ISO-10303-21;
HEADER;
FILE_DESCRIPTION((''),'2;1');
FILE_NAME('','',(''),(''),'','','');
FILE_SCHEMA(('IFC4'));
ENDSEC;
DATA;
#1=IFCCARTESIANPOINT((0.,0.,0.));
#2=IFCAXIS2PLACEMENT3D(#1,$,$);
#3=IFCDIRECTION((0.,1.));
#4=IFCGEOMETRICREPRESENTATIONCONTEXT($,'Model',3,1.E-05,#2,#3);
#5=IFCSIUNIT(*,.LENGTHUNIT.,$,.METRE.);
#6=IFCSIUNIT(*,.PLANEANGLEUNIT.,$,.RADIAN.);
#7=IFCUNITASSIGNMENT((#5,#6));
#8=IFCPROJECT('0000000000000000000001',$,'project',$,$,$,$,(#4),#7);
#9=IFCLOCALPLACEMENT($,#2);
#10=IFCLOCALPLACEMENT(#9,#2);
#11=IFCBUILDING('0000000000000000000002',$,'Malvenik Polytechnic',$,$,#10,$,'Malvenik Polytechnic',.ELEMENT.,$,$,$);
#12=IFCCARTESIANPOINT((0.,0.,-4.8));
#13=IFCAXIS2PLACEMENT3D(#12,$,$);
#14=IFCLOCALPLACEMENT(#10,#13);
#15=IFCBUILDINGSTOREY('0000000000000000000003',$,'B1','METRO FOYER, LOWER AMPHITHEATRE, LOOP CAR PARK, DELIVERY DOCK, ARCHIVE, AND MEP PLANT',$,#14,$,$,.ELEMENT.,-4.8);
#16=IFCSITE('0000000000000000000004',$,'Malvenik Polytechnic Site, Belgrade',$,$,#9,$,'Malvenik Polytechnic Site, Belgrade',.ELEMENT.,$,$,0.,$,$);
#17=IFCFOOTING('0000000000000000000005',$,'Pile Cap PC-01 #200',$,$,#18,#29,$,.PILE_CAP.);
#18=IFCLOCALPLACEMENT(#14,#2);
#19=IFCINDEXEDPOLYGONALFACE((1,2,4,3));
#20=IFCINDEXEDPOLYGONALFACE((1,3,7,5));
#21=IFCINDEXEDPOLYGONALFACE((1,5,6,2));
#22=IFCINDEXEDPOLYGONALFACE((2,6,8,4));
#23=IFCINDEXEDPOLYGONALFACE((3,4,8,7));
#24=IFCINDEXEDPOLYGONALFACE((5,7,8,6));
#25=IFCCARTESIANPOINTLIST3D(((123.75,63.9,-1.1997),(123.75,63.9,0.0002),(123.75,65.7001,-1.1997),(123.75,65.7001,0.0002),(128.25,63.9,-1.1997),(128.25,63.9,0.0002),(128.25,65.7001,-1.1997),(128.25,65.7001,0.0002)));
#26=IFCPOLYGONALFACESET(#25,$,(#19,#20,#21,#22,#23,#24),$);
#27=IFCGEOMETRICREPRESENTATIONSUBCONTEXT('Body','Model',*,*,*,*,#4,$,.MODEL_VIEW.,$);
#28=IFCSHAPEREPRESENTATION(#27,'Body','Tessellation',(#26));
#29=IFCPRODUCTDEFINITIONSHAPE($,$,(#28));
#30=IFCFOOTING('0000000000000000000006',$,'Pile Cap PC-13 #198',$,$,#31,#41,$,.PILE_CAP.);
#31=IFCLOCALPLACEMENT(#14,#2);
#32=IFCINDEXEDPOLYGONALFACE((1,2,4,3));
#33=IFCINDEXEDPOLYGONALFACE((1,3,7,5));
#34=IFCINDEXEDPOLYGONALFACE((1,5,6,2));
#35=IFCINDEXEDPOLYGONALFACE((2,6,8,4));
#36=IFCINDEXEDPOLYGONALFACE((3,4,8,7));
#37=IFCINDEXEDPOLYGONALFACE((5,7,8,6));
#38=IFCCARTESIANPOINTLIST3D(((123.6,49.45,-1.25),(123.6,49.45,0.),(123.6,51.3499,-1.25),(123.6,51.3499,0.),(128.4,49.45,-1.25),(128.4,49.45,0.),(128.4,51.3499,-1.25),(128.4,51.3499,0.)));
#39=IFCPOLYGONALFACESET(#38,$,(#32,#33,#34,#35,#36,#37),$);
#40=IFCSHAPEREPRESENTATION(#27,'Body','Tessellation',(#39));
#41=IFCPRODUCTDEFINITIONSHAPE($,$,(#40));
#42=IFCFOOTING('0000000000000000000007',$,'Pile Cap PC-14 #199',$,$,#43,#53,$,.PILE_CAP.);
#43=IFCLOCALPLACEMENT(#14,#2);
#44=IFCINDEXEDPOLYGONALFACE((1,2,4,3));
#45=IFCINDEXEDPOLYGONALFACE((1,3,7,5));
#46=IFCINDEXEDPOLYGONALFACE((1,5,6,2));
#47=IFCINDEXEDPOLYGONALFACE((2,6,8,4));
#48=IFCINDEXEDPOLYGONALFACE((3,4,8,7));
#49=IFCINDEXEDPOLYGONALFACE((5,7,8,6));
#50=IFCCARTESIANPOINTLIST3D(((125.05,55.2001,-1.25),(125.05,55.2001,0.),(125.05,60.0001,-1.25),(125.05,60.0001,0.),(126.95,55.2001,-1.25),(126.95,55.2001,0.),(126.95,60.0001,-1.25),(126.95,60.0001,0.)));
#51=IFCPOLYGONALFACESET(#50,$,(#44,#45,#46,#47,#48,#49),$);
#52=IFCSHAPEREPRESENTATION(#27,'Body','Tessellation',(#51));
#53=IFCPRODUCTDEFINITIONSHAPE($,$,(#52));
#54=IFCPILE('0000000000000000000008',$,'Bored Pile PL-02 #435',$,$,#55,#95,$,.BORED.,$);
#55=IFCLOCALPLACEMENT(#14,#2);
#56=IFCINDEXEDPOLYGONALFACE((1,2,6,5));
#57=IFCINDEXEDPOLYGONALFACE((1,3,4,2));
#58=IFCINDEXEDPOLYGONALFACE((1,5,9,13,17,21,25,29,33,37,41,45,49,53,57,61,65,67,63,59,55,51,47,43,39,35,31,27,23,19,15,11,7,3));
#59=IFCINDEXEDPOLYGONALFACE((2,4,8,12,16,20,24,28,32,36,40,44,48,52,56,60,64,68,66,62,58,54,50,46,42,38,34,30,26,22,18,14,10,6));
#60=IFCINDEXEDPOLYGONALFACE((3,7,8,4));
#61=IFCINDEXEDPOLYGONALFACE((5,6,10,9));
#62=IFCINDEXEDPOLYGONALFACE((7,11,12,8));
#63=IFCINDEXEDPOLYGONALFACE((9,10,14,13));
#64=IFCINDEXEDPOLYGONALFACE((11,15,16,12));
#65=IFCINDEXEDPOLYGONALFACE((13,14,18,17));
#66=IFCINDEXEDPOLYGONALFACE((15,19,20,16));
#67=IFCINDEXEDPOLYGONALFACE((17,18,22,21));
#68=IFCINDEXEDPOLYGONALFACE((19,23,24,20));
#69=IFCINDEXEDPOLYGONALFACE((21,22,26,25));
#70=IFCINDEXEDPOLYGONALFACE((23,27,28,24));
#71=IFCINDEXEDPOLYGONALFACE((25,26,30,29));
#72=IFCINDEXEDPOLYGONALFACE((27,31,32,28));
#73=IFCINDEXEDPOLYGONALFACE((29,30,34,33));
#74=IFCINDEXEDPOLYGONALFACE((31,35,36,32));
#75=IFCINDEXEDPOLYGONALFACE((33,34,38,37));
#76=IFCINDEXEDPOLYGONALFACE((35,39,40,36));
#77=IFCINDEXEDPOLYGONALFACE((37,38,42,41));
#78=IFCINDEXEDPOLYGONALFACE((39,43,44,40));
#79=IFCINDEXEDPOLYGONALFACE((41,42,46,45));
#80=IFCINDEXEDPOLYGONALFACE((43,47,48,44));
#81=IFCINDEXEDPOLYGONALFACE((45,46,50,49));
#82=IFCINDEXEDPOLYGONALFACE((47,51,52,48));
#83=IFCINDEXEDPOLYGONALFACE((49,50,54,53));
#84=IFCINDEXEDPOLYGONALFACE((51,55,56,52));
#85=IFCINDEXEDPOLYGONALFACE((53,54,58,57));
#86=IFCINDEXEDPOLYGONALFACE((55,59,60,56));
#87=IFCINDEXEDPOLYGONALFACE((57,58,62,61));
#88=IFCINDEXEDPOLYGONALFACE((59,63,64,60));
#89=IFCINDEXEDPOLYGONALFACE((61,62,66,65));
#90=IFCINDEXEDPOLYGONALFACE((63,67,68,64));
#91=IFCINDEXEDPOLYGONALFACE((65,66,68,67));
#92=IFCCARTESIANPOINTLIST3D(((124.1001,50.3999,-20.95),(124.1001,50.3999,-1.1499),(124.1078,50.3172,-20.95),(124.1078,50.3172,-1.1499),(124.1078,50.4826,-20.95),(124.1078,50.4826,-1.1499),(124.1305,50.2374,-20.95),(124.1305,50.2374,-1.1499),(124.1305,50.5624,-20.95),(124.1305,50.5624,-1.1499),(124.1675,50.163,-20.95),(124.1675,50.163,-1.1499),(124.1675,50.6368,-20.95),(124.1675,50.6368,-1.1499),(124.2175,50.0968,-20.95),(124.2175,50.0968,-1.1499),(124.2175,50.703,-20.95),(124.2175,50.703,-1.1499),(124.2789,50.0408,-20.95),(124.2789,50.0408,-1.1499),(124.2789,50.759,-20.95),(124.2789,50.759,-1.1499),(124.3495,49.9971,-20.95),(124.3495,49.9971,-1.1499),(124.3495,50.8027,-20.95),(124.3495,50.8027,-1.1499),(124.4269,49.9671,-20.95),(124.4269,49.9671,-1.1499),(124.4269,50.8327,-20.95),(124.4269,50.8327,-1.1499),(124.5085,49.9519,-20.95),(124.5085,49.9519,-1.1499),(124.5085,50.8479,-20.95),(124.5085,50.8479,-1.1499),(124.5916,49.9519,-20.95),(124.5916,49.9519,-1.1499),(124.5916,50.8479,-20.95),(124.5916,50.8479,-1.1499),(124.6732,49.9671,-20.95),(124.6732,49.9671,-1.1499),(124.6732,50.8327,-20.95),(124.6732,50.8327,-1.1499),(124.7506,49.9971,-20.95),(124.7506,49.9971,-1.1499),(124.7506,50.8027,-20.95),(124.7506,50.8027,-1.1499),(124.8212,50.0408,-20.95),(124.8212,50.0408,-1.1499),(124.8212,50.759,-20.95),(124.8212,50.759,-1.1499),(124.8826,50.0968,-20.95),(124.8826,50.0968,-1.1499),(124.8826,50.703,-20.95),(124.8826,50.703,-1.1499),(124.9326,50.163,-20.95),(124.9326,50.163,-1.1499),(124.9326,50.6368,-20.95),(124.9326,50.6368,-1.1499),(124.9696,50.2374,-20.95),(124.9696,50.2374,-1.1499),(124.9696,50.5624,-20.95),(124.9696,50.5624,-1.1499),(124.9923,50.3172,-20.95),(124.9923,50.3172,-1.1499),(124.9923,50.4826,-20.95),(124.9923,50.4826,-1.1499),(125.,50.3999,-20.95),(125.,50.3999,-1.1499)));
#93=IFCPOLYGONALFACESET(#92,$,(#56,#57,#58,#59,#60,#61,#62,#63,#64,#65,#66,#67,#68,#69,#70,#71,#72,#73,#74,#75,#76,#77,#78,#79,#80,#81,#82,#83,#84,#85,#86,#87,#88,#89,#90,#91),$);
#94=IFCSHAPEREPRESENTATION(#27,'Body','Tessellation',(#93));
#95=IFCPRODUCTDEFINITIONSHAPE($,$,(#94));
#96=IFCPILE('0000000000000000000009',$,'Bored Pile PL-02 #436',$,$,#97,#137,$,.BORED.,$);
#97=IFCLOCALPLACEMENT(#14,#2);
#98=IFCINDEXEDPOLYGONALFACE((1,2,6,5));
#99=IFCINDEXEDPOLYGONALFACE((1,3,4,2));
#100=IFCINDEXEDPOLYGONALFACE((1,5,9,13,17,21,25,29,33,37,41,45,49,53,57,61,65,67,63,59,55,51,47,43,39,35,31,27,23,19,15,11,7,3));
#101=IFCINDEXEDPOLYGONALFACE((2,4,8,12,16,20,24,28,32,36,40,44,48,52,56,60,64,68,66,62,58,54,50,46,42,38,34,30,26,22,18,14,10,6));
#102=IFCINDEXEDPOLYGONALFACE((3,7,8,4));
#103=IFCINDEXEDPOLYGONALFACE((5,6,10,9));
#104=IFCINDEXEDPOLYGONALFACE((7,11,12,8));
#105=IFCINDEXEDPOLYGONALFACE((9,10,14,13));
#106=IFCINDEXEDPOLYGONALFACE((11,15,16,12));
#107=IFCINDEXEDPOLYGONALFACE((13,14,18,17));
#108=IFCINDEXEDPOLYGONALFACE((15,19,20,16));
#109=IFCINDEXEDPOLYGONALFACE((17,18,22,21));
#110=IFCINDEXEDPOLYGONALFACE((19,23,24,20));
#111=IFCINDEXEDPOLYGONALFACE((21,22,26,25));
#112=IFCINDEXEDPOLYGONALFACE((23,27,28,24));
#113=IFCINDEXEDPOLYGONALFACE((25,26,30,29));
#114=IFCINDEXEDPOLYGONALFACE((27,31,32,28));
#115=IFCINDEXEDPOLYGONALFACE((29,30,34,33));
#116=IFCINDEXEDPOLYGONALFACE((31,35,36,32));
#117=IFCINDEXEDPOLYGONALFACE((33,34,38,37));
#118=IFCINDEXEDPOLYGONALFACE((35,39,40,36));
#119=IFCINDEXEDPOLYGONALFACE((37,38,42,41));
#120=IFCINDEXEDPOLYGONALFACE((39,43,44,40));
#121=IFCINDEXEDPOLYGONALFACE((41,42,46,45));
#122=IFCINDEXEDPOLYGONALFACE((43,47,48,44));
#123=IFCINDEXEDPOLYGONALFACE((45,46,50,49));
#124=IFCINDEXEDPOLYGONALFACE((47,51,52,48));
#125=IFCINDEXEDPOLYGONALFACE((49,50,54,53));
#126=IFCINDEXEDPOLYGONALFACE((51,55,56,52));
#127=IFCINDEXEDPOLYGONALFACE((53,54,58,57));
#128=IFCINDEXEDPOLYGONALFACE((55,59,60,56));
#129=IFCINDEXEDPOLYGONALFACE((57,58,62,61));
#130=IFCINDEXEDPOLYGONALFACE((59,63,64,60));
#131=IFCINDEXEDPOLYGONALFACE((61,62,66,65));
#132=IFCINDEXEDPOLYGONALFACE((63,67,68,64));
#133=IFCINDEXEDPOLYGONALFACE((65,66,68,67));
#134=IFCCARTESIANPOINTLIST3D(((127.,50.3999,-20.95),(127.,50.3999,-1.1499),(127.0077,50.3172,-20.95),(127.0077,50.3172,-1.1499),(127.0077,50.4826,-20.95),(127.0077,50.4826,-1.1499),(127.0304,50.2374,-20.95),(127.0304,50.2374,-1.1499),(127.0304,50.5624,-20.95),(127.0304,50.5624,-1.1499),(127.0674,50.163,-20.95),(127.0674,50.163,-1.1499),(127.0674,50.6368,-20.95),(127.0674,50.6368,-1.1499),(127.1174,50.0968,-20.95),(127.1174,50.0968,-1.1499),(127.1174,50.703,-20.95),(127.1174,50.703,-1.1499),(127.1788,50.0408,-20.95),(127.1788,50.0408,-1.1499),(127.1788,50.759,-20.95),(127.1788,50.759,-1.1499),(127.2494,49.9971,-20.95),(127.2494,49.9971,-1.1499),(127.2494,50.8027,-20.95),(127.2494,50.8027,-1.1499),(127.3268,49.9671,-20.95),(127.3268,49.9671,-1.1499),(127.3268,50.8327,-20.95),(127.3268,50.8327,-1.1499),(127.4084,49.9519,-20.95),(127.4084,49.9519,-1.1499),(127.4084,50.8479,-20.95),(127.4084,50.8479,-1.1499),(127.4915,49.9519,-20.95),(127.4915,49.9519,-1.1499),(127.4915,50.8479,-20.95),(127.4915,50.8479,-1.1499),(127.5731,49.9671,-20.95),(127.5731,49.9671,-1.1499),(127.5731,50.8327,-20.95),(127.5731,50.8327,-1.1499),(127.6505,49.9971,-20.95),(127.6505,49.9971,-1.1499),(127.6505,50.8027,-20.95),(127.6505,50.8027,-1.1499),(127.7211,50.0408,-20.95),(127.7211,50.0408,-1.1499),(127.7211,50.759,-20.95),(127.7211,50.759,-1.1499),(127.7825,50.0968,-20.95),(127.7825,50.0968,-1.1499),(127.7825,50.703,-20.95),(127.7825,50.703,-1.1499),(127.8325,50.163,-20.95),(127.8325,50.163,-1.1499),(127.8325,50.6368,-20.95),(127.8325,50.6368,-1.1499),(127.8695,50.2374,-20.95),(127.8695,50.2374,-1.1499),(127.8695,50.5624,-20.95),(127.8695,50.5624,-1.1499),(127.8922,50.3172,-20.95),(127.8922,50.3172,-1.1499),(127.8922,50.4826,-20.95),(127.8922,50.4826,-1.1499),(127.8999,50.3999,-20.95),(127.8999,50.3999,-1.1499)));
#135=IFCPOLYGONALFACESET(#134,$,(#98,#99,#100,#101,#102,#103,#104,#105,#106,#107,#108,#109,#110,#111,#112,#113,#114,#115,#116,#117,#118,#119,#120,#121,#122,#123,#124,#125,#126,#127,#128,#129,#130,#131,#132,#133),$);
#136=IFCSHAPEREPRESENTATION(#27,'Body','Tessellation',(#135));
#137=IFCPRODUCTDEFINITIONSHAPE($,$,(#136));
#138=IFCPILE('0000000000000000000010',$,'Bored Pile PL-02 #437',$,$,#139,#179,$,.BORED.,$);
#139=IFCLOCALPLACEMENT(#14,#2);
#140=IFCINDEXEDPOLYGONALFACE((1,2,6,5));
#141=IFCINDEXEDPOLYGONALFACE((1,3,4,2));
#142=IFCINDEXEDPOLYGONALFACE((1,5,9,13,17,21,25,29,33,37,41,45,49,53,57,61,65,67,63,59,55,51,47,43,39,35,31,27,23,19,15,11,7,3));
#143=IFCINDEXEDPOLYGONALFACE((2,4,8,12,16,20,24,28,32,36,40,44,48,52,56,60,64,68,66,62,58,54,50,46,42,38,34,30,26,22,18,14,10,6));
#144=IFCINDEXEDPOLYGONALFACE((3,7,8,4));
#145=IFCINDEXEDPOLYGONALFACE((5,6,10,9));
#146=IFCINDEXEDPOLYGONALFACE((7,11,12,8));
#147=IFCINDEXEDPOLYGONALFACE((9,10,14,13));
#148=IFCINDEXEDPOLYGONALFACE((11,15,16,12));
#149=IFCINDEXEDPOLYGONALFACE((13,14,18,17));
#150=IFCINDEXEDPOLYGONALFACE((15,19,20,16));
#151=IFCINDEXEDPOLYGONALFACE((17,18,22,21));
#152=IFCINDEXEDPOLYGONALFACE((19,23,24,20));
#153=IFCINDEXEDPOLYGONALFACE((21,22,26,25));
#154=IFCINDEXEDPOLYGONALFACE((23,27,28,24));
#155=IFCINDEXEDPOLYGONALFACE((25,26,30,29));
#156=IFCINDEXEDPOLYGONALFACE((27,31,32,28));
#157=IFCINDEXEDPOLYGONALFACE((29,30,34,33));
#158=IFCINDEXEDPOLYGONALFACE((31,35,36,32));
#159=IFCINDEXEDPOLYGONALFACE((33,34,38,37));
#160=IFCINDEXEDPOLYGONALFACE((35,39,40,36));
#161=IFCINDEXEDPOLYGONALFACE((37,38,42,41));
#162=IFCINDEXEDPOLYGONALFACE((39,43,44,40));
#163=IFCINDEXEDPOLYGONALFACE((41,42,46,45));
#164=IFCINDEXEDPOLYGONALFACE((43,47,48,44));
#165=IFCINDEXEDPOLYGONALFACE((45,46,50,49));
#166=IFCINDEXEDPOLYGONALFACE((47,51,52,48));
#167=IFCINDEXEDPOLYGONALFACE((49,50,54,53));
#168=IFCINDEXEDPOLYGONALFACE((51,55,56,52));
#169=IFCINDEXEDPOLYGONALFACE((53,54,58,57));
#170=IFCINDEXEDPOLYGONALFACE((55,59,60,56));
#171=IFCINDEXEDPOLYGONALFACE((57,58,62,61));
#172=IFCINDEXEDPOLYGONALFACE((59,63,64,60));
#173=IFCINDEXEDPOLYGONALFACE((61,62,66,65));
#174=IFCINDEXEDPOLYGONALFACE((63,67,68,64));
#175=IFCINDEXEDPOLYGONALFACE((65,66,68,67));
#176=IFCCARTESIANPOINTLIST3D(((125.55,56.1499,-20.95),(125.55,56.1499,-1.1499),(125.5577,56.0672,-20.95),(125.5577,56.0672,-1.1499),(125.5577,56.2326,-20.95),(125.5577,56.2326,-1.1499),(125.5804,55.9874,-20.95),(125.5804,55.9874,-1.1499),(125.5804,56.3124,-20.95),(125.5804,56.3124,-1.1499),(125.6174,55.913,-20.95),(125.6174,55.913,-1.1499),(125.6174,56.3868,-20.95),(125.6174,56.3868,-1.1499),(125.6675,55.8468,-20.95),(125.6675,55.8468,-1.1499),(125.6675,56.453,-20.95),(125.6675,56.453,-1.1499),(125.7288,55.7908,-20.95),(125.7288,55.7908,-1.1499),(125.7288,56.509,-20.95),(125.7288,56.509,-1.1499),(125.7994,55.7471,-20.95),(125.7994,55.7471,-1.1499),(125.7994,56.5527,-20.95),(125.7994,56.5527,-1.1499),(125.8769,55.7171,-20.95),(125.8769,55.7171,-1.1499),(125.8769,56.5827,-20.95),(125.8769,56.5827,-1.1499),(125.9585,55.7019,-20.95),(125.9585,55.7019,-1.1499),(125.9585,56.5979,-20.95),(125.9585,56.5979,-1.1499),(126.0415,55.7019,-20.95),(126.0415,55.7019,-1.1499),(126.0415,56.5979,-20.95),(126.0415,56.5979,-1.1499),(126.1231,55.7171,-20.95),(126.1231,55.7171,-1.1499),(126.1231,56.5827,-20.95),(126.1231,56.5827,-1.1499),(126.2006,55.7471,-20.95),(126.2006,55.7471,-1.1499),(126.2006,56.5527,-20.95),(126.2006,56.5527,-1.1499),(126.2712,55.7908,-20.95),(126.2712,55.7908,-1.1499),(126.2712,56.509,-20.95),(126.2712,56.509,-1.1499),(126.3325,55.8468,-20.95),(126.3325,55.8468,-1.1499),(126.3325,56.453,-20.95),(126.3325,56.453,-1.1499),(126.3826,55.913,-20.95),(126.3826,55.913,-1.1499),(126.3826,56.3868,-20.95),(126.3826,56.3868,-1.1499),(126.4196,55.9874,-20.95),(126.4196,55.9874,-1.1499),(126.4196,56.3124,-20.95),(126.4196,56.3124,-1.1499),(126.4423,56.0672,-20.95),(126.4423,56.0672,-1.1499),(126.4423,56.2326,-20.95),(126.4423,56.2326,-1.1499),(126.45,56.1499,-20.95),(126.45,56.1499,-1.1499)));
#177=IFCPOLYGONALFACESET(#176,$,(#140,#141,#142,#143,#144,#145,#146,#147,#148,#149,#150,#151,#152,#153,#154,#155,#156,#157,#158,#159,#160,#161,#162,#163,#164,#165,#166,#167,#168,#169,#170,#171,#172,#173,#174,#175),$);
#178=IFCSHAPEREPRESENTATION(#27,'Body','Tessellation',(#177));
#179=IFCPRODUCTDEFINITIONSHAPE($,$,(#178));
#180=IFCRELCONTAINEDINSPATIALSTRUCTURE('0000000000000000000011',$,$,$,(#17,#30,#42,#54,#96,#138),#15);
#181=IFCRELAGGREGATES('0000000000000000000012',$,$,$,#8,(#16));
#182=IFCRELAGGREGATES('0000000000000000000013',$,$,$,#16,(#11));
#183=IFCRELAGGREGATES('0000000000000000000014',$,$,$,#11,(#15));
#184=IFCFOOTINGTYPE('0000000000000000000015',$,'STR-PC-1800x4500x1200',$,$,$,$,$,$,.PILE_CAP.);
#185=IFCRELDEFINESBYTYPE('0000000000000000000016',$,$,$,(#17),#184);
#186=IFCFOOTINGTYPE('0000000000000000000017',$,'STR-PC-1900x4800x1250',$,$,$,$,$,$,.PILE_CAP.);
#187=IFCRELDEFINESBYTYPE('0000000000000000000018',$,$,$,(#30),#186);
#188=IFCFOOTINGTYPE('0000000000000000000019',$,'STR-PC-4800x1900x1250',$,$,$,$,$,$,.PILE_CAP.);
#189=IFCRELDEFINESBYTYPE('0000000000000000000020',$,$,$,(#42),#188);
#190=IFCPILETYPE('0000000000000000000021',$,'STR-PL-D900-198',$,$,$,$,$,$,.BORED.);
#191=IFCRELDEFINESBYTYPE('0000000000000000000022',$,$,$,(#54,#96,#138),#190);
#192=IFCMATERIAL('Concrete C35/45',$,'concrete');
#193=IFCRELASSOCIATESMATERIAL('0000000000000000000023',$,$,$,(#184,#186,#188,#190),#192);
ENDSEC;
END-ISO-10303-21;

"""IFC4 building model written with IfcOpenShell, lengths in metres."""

from ifc_helpers import new_model, si_unit, direction, frame, origin, origin_2d, place, context, subcontext, project, spatial, rectangle, circle, extrude, material, material_profile, profile_set, type_object, element, save


model = new_model("IFC4")

# Units and contexts
model_context = context("Model", 3, precision=1e-05, world=origin(), true_north=direction((0.0, 1.0)))
body_context = subcontext(model_context, "Body", "Model", "MODEL_VIEW")
ifc_project = project(units=[si_unit("LENGTHUNIT", "METRE"), si_unit("PLANEANGLEUNIT", "RADIAN")], contexts=[model_context])

# Site, building, storey
site_placement = place(None, origin())
site = spatial("IfcSite", under=ifc_project, at=site_placement, Name="Malvenik Polytechnic Site, Belgrade", LongName="Malvenik Polytechnic Site, Belgrade", CompositionType="ELEMENT", RefElevation=0.0)
building_placement = place(site_placement, origin())
building = spatial("IfcBuilding", under=site, at=building_placement, Name="Malvenik Polytechnic", LongName="Malvenik Polytechnic", CompositionType="ELEMENT")
storey_placement = place(building_placement, frame((0.0, 0.0, -4.8)))
storey = spatial("IfcBuildingStorey", under=building, at=storey_placement, Name="B1", Description="METRO FOYER, LOWER AMPHITHEATRE, LOOP CAR PARK, DELIVERY DOCK, ARCHIVE, AND MEP PLANT", CompositionType="ELEMENT", Elevation=-4.8)

# Footings
ifc_material_1 = material(Name="Concrete C35/45", Category="concrete")
footing_type_1 = type_object("IfcFootingType", Name="STR-PC-1800x4500x1200", PredefinedType="PILE_CAP", material=ifc_material_1)
footing_1_placement = place(storey_placement, frame((126.0, 64.8, -1.1997), z_axis=(0.0, 0.0, 1.0), x_axis=(1.0, 0.0, 0.0)))
element("IfcFooting", 1, at=footing_1_placement, inside=storey, type_object=footing_type_1, Name="Pile Cap PC-01 #200", PredefinedType="PILE_CAP", context=body_context, shape_type="SweptSolid", body=[
    extrude(rectangle(XDim=4.5, YDim=1.8, at=origin_2d()), origin(), (0.0, 0.0, 1.0), 1.2),
])
footing_type_2 = type_object("IfcFootingType", Name="STR-PC-1900x4800x1250", PredefinedType="PILE_CAP", material=ifc_material_1)
footing_2_placement = place(storey_placement, frame((126.0, 50.3999, -1.25), z_axis=(0.0, 0.0, 1.0), x_axis=(1.0, 0.0, 0.0)))
element("IfcFooting", 2, at=footing_2_placement, inside=storey, type_object=footing_type_2, Name="Pile Cap PC-13 #198", PredefinedType="PILE_CAP", context=body_context, shape_type="SweptSolid", body=[
    extrude(rectangle(XDim=4.8, YDim=1.8999, at=origin_2d()), origin(), (0.0, 0.0, 1.0), 1.25),
])
footing_type_3 = type_object("IfcFootingType", Name="STR-PC-4800x1900x1250", PredefinedType="PILE_CAP", material=ifc_material_1)
footing_3_placement = place(storey_placement, frame((126.0, 57.6001, -1.25), z_axis=(0.0, 0.0, 1.0), x_axis=(1.0, 0.0, 0.0)))
element("IfcFooting", 3, at=footing_3_placement, inside=storey, type_object=footing_type_3, Name="Pile Cap PC-14 #199", PredefinedType="PILE_CAP", context=body_context, shape_type="SweptSolid", body=[
    extrude(rectangle(XDim=1.8999, YDim=4.8, at=origin_2d()), origin(), (0.0, 0.0, 1.0), 1.25),
])

# Piles
ifc_material_profile_1 = material_profile(ifc_material_1, circle(Radius=0.45, at=origin_2d()), Name="BORED PILE D900")
ifc_profile_set_1 = profile_set([ifc_material_profile_1], Name="Concrete C35/45")
pile_type = type_object("IfcPileType", Name="STR-PL-D900-198", PredefinedType="BORED", material=ifc_profile_set_1)
for number, where, z_axis, x_axis, name in (
    (4, (124.55, 50.3999, -1.1499), (0.0, 0.0, -1.0), (1.0, 0.0, 0.0), "Bored Pile PL-02 #435"),
    (5, (127.45, 50.3999, -1.1499), (0.0, 0.0, -1.0), (1.0, 0.0, 0.0), "Bored Pile PL-02 #436"),
    (6, (126.0, 56.1499, -1.1499), (0.0, 0.0, -1.0), (1.0, 0.0, 0.0), "Bored Pile PL-02 #437"),
):
    element("IfcPile", number, at=place(storey_placement, frame(where, z_axis=z_axis, x_axis=x_axis)), inside=storey, type_object=pile_type, Name=name, PredefinedType="BORED", context=body_context, shape_type="SweptSolid", body=[
        extrude(circle(Radius=0.45, at=origin_2d()), origin(), (0.0, 0.0, 1.0), 19.8),
    ])

save(model, "model.ifc")
